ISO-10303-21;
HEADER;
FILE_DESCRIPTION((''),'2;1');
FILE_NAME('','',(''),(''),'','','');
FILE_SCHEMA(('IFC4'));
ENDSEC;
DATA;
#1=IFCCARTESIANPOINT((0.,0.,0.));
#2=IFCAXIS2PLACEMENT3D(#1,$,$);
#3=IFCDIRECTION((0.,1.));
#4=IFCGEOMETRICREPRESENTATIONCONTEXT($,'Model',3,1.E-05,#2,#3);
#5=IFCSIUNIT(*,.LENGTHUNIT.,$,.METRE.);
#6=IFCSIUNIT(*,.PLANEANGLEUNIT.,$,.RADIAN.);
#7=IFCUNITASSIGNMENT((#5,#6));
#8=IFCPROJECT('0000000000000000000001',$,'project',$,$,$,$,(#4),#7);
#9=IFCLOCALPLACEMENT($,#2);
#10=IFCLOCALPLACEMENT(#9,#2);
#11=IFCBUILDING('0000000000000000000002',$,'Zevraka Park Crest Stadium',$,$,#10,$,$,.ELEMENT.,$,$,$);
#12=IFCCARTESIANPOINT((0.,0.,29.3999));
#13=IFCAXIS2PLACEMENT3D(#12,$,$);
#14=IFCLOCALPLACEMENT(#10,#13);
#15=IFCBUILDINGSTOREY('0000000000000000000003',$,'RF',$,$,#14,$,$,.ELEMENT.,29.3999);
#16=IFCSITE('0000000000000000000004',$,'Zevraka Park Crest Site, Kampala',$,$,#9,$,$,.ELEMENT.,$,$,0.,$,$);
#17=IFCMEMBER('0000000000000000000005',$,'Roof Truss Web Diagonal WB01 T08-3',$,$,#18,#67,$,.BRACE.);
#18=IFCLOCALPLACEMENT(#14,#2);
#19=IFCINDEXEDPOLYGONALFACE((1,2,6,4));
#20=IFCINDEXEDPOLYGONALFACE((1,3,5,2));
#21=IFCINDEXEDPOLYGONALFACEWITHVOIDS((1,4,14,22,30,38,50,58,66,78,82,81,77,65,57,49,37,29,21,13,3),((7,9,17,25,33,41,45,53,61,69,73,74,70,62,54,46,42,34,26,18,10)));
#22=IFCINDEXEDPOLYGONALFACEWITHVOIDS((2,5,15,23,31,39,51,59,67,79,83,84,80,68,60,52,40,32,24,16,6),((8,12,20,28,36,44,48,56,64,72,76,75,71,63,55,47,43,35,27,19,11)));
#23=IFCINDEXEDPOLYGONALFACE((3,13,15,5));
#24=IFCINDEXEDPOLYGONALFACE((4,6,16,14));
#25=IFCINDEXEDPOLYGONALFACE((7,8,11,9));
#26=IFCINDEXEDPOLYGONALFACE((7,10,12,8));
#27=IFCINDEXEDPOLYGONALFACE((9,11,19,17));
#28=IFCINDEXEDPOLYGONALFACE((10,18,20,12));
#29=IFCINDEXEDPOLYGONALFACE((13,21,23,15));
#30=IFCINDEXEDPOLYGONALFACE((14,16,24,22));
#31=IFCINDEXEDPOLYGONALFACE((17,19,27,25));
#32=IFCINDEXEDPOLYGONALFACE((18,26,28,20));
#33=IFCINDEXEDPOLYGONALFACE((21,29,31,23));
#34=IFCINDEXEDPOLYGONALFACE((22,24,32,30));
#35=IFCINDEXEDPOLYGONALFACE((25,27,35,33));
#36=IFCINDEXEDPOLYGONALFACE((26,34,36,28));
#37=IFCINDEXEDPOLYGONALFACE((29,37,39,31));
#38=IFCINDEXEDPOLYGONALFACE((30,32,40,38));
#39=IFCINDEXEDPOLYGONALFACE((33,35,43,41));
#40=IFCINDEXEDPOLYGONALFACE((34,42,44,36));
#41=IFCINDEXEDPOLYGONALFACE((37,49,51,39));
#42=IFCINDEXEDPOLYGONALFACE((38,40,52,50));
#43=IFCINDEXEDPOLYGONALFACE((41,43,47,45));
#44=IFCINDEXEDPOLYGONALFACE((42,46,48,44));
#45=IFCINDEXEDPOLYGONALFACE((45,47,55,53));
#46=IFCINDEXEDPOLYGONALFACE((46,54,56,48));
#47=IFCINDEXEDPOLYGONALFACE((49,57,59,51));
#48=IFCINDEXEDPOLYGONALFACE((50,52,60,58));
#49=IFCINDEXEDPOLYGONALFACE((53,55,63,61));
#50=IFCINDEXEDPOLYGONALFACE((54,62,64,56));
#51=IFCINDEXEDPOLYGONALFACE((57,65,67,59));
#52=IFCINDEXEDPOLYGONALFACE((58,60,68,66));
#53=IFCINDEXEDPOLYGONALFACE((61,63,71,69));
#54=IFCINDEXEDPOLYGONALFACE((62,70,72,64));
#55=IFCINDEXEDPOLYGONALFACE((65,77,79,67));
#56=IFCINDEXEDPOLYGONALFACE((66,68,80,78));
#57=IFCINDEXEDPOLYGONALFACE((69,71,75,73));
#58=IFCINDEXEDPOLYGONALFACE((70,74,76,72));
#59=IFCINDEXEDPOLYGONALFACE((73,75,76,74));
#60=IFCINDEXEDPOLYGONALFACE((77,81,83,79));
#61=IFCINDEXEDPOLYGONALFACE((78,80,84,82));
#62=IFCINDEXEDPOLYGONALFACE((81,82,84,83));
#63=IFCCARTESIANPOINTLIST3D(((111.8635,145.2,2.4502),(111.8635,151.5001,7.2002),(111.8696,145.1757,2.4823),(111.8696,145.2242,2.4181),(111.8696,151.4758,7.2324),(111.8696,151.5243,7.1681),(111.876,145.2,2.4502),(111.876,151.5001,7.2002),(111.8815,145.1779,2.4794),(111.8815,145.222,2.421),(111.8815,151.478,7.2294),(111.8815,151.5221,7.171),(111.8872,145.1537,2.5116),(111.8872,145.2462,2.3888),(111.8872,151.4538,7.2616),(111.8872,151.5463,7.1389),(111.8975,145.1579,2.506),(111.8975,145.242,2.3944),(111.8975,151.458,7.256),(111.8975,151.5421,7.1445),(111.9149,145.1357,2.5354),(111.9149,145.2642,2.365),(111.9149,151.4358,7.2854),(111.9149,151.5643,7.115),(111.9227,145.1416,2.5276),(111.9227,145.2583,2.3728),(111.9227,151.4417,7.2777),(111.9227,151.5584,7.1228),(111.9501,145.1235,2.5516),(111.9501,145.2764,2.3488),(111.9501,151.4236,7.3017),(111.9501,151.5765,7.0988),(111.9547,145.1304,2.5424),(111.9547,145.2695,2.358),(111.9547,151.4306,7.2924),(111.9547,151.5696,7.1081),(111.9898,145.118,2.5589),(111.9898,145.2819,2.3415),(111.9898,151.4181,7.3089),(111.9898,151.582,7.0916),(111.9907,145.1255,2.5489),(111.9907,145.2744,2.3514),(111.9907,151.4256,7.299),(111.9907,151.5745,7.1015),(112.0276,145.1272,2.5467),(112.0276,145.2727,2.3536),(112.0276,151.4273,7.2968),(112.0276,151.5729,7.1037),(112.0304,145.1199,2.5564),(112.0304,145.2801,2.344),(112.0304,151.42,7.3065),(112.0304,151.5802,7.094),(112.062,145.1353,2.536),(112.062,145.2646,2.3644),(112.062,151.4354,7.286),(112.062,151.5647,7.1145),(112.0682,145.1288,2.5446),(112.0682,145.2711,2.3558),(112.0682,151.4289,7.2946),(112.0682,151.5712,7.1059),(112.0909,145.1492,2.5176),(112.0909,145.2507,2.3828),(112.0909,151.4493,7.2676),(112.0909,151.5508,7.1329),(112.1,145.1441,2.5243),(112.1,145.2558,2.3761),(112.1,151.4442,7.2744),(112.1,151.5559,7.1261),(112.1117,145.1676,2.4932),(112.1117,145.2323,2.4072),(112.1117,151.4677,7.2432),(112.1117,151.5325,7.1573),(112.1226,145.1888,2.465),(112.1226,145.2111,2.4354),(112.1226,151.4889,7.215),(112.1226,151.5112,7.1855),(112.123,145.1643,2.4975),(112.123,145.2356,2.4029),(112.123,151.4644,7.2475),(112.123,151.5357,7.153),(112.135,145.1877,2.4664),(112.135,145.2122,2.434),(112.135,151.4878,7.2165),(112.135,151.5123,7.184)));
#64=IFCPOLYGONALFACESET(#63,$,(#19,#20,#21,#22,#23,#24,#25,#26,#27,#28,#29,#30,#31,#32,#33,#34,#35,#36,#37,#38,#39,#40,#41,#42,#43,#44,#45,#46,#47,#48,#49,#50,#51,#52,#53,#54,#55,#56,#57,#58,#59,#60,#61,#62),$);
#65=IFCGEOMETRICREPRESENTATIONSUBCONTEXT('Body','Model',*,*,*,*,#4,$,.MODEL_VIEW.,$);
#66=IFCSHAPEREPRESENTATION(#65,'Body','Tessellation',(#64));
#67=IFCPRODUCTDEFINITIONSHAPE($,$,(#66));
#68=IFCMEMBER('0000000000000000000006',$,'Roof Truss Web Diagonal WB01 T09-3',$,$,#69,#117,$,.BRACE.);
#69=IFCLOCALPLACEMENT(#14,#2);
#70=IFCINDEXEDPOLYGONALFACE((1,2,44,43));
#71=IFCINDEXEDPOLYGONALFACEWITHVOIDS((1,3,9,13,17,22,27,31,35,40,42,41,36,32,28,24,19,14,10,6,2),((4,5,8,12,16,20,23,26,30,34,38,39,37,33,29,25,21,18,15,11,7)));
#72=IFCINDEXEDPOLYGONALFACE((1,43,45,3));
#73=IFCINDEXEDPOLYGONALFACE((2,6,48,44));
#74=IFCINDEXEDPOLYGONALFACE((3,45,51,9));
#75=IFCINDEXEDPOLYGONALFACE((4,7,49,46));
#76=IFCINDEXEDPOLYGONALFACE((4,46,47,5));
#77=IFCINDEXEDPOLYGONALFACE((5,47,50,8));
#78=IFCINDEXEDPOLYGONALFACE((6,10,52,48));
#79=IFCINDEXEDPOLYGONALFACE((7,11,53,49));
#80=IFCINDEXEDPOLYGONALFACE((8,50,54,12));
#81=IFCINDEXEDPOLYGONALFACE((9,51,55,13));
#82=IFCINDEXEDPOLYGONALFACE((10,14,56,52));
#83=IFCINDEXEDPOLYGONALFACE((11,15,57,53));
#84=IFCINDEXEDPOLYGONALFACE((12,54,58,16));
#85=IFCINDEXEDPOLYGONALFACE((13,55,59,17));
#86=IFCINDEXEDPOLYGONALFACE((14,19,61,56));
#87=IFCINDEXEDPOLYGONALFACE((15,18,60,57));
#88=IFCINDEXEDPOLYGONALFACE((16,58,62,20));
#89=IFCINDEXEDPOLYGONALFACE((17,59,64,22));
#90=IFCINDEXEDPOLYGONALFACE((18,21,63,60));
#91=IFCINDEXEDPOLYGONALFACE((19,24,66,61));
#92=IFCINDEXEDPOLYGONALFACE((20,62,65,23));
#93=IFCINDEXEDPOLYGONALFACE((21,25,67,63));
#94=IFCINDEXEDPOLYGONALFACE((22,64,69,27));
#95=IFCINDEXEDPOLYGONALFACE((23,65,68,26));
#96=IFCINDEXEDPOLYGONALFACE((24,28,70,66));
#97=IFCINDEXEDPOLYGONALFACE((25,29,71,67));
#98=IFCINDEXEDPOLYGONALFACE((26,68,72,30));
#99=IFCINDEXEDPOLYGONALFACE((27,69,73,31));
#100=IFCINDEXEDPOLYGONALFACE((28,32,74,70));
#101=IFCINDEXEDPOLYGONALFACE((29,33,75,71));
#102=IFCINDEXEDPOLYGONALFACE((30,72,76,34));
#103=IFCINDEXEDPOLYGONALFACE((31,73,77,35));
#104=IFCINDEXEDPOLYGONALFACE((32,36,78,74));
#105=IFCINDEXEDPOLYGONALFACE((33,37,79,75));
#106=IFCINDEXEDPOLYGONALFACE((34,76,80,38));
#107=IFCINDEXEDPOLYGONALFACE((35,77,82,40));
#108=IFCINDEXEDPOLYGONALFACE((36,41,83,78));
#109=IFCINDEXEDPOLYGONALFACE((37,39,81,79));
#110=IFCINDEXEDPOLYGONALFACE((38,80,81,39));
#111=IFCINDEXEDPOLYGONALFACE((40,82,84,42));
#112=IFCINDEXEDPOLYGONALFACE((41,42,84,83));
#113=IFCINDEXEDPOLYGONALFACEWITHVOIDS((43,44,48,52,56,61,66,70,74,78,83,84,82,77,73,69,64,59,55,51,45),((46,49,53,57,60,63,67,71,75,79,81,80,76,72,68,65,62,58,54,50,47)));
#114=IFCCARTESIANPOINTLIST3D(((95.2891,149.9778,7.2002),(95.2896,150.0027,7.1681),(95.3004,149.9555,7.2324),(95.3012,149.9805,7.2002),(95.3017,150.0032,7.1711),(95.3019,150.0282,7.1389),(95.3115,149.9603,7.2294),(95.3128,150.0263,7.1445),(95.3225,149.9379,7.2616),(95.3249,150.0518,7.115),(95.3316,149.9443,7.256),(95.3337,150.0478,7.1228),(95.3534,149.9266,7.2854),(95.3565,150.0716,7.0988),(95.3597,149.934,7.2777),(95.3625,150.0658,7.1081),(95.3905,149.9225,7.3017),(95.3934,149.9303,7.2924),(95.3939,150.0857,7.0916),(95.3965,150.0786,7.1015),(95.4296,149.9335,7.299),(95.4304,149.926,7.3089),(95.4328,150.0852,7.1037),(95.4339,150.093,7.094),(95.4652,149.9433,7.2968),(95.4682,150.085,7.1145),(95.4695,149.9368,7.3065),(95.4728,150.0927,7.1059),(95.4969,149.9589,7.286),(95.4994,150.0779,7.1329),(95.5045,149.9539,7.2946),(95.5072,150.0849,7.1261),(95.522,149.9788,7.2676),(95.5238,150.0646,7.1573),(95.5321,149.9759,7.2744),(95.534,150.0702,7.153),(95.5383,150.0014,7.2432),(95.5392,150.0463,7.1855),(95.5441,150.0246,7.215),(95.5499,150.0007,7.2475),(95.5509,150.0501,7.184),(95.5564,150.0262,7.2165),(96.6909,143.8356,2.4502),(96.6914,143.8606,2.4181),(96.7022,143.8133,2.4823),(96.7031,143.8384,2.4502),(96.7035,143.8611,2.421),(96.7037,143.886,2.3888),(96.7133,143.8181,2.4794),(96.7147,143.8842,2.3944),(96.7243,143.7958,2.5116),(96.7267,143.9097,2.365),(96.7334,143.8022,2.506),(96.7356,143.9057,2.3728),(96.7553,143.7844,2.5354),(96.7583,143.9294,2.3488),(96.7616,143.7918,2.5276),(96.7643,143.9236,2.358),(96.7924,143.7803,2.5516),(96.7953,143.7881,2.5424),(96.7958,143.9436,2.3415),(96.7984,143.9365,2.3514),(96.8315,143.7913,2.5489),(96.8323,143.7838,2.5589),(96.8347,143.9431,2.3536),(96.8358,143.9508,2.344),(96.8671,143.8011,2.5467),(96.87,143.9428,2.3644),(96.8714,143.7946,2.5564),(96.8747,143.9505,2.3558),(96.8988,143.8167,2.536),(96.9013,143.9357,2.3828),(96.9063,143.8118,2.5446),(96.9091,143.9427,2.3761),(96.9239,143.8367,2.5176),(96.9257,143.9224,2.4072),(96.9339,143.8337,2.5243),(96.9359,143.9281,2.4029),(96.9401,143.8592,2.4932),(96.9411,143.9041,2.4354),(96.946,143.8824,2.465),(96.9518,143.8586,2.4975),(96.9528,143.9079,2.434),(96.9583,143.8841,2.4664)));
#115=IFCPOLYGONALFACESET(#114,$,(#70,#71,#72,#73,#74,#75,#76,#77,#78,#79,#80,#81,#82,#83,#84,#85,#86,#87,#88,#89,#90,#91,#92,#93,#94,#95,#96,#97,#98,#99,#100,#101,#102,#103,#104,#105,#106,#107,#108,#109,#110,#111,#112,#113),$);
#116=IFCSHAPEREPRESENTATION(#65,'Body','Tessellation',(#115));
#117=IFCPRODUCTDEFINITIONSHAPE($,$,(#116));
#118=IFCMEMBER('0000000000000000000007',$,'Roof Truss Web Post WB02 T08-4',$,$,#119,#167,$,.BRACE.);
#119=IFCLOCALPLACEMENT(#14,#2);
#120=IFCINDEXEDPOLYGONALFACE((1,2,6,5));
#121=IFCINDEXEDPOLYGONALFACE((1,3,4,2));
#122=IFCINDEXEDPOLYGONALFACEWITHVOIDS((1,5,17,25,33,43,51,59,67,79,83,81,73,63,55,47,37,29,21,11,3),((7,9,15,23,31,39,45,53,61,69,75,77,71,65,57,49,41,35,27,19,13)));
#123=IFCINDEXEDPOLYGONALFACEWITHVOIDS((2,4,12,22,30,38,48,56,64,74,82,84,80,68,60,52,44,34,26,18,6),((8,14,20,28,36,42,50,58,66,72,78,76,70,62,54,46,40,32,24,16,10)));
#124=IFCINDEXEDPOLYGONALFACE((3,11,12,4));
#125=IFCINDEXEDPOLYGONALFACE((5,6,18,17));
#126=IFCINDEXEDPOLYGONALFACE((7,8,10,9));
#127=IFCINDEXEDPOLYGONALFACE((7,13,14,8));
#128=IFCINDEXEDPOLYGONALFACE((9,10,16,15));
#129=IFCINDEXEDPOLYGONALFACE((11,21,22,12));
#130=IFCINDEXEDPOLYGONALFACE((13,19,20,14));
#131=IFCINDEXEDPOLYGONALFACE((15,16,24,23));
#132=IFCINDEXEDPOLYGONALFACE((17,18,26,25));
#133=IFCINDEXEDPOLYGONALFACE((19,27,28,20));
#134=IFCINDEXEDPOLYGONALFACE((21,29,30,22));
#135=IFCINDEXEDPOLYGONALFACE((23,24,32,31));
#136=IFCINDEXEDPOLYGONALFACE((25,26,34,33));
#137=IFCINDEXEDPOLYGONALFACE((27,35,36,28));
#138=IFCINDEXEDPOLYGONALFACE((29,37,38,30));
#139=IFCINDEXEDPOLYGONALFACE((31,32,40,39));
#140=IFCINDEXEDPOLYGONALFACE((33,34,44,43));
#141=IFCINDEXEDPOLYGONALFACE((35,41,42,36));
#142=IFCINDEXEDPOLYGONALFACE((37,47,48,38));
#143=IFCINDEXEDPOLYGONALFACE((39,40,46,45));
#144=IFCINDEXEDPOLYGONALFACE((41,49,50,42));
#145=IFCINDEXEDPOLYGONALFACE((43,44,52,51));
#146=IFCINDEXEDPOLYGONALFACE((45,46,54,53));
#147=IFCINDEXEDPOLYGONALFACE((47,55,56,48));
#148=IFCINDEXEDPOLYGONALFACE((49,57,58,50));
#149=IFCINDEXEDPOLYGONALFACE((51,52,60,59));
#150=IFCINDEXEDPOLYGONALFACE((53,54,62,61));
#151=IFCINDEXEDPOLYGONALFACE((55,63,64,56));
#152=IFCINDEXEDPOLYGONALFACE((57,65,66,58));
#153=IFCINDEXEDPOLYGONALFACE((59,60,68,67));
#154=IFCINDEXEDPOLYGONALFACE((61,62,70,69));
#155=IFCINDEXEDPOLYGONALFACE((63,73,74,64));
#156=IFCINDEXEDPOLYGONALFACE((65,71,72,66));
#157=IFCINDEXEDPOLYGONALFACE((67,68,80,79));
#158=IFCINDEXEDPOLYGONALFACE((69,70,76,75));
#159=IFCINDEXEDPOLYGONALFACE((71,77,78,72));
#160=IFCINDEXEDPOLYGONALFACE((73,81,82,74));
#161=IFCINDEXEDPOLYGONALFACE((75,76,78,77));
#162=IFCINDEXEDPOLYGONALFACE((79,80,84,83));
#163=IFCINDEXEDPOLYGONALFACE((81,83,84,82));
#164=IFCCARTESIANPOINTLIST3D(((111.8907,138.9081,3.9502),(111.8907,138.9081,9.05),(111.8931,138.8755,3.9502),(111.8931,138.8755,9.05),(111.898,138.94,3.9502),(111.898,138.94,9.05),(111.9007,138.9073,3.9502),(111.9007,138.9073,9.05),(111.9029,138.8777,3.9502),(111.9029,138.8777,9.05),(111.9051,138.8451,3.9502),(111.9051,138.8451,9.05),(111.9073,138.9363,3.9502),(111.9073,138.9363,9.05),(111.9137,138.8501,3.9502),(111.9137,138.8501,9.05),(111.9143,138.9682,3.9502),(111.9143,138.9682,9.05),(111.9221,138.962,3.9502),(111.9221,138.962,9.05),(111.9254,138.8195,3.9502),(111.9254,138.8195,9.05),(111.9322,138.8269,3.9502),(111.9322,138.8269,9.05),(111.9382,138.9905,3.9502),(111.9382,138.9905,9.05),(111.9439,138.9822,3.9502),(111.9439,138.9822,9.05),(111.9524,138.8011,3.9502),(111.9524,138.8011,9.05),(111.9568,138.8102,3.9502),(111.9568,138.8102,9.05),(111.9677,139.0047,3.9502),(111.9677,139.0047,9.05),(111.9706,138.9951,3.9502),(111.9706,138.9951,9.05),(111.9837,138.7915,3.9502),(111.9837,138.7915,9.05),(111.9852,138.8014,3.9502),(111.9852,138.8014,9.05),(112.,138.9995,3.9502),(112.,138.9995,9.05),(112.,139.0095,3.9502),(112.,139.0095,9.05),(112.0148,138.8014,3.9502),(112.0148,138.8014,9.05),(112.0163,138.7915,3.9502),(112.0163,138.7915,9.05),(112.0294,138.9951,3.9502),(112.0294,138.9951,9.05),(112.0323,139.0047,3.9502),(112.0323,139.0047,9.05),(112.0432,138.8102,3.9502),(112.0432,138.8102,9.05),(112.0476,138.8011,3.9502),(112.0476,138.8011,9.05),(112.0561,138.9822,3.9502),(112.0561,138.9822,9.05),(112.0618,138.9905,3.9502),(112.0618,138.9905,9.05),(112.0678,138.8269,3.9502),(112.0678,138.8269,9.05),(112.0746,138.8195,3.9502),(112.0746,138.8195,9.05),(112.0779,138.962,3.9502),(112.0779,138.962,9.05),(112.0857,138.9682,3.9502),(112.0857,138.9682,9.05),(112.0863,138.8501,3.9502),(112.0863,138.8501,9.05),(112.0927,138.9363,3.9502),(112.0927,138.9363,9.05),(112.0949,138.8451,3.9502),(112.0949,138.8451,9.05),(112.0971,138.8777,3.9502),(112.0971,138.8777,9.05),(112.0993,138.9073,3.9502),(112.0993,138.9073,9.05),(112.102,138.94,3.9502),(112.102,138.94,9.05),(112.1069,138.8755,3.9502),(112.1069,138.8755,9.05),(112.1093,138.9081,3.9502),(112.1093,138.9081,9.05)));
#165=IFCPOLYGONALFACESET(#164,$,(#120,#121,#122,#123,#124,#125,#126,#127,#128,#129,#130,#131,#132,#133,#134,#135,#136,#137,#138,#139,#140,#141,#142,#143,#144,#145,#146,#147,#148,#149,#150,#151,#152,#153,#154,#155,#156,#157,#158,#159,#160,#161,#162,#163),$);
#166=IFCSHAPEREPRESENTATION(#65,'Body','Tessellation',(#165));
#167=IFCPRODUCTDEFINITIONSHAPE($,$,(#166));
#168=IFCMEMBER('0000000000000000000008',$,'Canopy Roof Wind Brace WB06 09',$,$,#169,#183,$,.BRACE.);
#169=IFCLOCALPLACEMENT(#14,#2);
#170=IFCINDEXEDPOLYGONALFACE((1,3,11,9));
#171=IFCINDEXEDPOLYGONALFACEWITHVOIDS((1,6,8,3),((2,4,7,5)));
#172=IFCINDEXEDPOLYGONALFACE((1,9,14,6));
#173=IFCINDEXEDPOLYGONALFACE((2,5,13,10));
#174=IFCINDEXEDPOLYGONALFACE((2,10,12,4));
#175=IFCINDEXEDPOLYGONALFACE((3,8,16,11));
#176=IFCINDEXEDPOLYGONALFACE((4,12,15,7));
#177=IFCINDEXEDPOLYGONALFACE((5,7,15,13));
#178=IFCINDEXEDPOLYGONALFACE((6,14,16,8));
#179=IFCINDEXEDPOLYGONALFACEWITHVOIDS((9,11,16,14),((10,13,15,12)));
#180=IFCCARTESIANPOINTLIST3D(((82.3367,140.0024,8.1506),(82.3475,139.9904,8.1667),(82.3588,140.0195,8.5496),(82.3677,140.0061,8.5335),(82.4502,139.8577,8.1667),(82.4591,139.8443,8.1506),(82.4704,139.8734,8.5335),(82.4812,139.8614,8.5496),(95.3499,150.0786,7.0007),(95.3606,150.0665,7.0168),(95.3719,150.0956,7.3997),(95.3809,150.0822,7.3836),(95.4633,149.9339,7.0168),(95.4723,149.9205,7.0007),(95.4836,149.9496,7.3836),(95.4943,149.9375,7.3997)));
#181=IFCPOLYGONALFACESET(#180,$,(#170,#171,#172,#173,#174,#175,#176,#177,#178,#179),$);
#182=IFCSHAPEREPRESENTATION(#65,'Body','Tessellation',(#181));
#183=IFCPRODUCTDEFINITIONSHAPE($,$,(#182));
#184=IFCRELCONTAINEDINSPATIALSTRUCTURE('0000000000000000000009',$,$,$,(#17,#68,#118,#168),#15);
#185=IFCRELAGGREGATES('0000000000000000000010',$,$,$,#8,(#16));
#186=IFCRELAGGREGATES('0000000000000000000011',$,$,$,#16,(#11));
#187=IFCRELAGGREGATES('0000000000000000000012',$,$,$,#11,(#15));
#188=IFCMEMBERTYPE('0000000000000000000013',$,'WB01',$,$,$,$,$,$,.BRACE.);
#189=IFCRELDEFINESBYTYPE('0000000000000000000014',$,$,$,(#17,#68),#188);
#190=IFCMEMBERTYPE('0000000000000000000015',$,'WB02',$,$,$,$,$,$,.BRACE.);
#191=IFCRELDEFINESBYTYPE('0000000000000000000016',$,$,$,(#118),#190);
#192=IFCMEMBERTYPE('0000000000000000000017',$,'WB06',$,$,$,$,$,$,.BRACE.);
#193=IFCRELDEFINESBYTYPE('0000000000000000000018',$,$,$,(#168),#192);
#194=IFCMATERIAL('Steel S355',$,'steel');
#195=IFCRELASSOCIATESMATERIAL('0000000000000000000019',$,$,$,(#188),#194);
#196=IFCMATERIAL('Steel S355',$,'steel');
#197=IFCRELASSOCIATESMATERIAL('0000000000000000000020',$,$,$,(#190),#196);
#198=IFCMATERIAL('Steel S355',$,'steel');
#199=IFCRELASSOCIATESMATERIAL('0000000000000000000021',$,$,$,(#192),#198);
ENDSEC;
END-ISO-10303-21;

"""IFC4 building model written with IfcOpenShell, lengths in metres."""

from ifc_helpers import new_model, si_unit, direction, frame, origin, origin_2d, place, context, subcontext, project, spatial, hollow_rectangle, hollow_circle, extrude, material, material_profile, profile_set, type_object, element, save


model = new_model("IFC4")

# Units and contexts
model_context = context("Model", 3, precision=1e-05, world=origin(), true_north=direction((0.0, 1.0)))
body_context = subcontext(model_context, "Body", "Model", "MODEL_VIEW")
ifc_project = project(units=[si_unit("LENGTHUNIT", "METRE"), si_unit("PLANEANGLEUNIT", "RADIAN")], contexts=[model_context])

# Site, building, storey
site_placement = place(None, origin())
site = spatial("IfcSite", under=ifc_project, at=site_placement, Name="Zevraka Park Crest Site, Kampala", CompositionType="ELEMENT", RefElevation=0.0)
building_placement = place(site_placement, origin())
building = spatial("IfcBuilding", under=site, at=building_placement, Name="Zevraka Park Crest Stadium", CompositionType="ELEMENT")
storey_placement = place(building_placement, frame((0.0, 0.0, 29.3999)))
storey = spatial("IfcBuildingStorey", under=building, at=storey_placement, Name="RF", CompositionType="ELEMENT", Elevation=29.3999)

# Members
ifc_material_1 = material(Name="Steel S355", Category="steel")
ifc_material_profile_1 = material_profile(ifc_material_1, hollow_circle(Radius=0.1365, WallThickness=0.0125, at=origin_2d()), Name="CHS 273.0x12.5")
ifc_profile_set_1 = profile_set([ifc_material_profile_1], Name="Steel S355")
member_type_1 = type_object("IfcMemberType", Name="WB01", PredefinedType="BRACE", material=ifc_profile_set_1)
for number, where, z_axis, x_axis, name in (
    (1, (112.0, 145.2, 2.4502), (0.0, 0.798479, 0.602023), (-1.0, 0.0, 0.0), "Roof Truss Web Diagonal WB01 T08-3"),
    (2, (96.824, 143.866, 2.4502), (-0.177674, 0.77846, 0.602024), (-0.974929, -0.222515, 0.0), "Roof Truss Web Diagonal WB01 T09-3"),
):
    element("IfcMember", number, at=place(storey_placement, frame(where, z_axis=z_axis, x_axis=x_axis)), inside=storey, type_object=member_type_1, Name=name, PredefinedType="BRACE", context=body_context, shape_type="SweptSolid", body=[
        extrude(hollow_circle(Radius=0.1365, WallThickness=0.0125, at=origin_2d()), origin(), (0.0, 0.0, 1.0), 7.8901),
    ])
ifc_material_2 = material(Name="Steel S355", Category="steel")
ifc_material_profile_2 = material_profile(ifc_material_2, hollow_circle(Radius=0.1096, WallThickness=0.01, at=origin_2d()), Name="CHS 219.1x10")
ifc_profile_set_2 = profile_set([ifc_material_profile_2], Name="Steel S355")
member_type_2 = type_object("IfcMemberType", Name="WB02", PredefinedType="BRACE", material=ifc_profile_set_2)
member_1_placement = place(storey_placement, frame((112.0, 138.8999, 3.9502), z_axis=(0.0, 0.0, 1.0), x_axis=(0.0, 1.0, 0.0)))
element("IfcMember", 3, at=member_1_placement, inside=storey, type_object=member_type_2, Name="Roof Truss Web Post WB02 T08-4", PredefinedType="BRACE", context=body_context, shape_type="SweptSolid", body=[
    extrude(hollow_circle(Radius=0.1096, WallThickness=0.01, at=origin_2d()), origin(), (0.0, 0.0, 1.0), 5.0999),
])
ifc_material_3 = material(Name="Steel S355", Category="steel")
ifc_material_profile_3 = material_profile(ifc_material_3, hollow_rectangle(XDim=0.2, YDim=0.3999, WallThickness=0.0161, at=origin_2d()), Name="RHS 400x200x16")
ifc_profile_set_3 = profile_set([ifc_material_profile_3], Name="Steel S355")
member_type_3 = type_object("IfcMemberType", Name="WB06", PredefinedType="BRACE", material=ifc_profile_set_3)
member_2_placement = place(storey_placement, frame((95.4221, 150.0081, 7.2002), z_axis=(-0.788758, -0.610739, 0.069698), x_axis=(0.612228, -0.790681, 0.0)))
element("IfcMember", 4, at=member_2_placement, inside=storey, type_object=member_type_3, Name="Canopy Roof Wind Brace WB06 09", PredefinedType="BRACE", context=body_context, shape_type="SweptSolid", body=[
    extrude(hollow_rectangle(XDim=0.2, YDim=0.3999, WallThickness=0.0161, at=origin_2d()), origin(), (0.0, 0.0, 1.0), 16.4983),
])

save(model, "model.ifc")
